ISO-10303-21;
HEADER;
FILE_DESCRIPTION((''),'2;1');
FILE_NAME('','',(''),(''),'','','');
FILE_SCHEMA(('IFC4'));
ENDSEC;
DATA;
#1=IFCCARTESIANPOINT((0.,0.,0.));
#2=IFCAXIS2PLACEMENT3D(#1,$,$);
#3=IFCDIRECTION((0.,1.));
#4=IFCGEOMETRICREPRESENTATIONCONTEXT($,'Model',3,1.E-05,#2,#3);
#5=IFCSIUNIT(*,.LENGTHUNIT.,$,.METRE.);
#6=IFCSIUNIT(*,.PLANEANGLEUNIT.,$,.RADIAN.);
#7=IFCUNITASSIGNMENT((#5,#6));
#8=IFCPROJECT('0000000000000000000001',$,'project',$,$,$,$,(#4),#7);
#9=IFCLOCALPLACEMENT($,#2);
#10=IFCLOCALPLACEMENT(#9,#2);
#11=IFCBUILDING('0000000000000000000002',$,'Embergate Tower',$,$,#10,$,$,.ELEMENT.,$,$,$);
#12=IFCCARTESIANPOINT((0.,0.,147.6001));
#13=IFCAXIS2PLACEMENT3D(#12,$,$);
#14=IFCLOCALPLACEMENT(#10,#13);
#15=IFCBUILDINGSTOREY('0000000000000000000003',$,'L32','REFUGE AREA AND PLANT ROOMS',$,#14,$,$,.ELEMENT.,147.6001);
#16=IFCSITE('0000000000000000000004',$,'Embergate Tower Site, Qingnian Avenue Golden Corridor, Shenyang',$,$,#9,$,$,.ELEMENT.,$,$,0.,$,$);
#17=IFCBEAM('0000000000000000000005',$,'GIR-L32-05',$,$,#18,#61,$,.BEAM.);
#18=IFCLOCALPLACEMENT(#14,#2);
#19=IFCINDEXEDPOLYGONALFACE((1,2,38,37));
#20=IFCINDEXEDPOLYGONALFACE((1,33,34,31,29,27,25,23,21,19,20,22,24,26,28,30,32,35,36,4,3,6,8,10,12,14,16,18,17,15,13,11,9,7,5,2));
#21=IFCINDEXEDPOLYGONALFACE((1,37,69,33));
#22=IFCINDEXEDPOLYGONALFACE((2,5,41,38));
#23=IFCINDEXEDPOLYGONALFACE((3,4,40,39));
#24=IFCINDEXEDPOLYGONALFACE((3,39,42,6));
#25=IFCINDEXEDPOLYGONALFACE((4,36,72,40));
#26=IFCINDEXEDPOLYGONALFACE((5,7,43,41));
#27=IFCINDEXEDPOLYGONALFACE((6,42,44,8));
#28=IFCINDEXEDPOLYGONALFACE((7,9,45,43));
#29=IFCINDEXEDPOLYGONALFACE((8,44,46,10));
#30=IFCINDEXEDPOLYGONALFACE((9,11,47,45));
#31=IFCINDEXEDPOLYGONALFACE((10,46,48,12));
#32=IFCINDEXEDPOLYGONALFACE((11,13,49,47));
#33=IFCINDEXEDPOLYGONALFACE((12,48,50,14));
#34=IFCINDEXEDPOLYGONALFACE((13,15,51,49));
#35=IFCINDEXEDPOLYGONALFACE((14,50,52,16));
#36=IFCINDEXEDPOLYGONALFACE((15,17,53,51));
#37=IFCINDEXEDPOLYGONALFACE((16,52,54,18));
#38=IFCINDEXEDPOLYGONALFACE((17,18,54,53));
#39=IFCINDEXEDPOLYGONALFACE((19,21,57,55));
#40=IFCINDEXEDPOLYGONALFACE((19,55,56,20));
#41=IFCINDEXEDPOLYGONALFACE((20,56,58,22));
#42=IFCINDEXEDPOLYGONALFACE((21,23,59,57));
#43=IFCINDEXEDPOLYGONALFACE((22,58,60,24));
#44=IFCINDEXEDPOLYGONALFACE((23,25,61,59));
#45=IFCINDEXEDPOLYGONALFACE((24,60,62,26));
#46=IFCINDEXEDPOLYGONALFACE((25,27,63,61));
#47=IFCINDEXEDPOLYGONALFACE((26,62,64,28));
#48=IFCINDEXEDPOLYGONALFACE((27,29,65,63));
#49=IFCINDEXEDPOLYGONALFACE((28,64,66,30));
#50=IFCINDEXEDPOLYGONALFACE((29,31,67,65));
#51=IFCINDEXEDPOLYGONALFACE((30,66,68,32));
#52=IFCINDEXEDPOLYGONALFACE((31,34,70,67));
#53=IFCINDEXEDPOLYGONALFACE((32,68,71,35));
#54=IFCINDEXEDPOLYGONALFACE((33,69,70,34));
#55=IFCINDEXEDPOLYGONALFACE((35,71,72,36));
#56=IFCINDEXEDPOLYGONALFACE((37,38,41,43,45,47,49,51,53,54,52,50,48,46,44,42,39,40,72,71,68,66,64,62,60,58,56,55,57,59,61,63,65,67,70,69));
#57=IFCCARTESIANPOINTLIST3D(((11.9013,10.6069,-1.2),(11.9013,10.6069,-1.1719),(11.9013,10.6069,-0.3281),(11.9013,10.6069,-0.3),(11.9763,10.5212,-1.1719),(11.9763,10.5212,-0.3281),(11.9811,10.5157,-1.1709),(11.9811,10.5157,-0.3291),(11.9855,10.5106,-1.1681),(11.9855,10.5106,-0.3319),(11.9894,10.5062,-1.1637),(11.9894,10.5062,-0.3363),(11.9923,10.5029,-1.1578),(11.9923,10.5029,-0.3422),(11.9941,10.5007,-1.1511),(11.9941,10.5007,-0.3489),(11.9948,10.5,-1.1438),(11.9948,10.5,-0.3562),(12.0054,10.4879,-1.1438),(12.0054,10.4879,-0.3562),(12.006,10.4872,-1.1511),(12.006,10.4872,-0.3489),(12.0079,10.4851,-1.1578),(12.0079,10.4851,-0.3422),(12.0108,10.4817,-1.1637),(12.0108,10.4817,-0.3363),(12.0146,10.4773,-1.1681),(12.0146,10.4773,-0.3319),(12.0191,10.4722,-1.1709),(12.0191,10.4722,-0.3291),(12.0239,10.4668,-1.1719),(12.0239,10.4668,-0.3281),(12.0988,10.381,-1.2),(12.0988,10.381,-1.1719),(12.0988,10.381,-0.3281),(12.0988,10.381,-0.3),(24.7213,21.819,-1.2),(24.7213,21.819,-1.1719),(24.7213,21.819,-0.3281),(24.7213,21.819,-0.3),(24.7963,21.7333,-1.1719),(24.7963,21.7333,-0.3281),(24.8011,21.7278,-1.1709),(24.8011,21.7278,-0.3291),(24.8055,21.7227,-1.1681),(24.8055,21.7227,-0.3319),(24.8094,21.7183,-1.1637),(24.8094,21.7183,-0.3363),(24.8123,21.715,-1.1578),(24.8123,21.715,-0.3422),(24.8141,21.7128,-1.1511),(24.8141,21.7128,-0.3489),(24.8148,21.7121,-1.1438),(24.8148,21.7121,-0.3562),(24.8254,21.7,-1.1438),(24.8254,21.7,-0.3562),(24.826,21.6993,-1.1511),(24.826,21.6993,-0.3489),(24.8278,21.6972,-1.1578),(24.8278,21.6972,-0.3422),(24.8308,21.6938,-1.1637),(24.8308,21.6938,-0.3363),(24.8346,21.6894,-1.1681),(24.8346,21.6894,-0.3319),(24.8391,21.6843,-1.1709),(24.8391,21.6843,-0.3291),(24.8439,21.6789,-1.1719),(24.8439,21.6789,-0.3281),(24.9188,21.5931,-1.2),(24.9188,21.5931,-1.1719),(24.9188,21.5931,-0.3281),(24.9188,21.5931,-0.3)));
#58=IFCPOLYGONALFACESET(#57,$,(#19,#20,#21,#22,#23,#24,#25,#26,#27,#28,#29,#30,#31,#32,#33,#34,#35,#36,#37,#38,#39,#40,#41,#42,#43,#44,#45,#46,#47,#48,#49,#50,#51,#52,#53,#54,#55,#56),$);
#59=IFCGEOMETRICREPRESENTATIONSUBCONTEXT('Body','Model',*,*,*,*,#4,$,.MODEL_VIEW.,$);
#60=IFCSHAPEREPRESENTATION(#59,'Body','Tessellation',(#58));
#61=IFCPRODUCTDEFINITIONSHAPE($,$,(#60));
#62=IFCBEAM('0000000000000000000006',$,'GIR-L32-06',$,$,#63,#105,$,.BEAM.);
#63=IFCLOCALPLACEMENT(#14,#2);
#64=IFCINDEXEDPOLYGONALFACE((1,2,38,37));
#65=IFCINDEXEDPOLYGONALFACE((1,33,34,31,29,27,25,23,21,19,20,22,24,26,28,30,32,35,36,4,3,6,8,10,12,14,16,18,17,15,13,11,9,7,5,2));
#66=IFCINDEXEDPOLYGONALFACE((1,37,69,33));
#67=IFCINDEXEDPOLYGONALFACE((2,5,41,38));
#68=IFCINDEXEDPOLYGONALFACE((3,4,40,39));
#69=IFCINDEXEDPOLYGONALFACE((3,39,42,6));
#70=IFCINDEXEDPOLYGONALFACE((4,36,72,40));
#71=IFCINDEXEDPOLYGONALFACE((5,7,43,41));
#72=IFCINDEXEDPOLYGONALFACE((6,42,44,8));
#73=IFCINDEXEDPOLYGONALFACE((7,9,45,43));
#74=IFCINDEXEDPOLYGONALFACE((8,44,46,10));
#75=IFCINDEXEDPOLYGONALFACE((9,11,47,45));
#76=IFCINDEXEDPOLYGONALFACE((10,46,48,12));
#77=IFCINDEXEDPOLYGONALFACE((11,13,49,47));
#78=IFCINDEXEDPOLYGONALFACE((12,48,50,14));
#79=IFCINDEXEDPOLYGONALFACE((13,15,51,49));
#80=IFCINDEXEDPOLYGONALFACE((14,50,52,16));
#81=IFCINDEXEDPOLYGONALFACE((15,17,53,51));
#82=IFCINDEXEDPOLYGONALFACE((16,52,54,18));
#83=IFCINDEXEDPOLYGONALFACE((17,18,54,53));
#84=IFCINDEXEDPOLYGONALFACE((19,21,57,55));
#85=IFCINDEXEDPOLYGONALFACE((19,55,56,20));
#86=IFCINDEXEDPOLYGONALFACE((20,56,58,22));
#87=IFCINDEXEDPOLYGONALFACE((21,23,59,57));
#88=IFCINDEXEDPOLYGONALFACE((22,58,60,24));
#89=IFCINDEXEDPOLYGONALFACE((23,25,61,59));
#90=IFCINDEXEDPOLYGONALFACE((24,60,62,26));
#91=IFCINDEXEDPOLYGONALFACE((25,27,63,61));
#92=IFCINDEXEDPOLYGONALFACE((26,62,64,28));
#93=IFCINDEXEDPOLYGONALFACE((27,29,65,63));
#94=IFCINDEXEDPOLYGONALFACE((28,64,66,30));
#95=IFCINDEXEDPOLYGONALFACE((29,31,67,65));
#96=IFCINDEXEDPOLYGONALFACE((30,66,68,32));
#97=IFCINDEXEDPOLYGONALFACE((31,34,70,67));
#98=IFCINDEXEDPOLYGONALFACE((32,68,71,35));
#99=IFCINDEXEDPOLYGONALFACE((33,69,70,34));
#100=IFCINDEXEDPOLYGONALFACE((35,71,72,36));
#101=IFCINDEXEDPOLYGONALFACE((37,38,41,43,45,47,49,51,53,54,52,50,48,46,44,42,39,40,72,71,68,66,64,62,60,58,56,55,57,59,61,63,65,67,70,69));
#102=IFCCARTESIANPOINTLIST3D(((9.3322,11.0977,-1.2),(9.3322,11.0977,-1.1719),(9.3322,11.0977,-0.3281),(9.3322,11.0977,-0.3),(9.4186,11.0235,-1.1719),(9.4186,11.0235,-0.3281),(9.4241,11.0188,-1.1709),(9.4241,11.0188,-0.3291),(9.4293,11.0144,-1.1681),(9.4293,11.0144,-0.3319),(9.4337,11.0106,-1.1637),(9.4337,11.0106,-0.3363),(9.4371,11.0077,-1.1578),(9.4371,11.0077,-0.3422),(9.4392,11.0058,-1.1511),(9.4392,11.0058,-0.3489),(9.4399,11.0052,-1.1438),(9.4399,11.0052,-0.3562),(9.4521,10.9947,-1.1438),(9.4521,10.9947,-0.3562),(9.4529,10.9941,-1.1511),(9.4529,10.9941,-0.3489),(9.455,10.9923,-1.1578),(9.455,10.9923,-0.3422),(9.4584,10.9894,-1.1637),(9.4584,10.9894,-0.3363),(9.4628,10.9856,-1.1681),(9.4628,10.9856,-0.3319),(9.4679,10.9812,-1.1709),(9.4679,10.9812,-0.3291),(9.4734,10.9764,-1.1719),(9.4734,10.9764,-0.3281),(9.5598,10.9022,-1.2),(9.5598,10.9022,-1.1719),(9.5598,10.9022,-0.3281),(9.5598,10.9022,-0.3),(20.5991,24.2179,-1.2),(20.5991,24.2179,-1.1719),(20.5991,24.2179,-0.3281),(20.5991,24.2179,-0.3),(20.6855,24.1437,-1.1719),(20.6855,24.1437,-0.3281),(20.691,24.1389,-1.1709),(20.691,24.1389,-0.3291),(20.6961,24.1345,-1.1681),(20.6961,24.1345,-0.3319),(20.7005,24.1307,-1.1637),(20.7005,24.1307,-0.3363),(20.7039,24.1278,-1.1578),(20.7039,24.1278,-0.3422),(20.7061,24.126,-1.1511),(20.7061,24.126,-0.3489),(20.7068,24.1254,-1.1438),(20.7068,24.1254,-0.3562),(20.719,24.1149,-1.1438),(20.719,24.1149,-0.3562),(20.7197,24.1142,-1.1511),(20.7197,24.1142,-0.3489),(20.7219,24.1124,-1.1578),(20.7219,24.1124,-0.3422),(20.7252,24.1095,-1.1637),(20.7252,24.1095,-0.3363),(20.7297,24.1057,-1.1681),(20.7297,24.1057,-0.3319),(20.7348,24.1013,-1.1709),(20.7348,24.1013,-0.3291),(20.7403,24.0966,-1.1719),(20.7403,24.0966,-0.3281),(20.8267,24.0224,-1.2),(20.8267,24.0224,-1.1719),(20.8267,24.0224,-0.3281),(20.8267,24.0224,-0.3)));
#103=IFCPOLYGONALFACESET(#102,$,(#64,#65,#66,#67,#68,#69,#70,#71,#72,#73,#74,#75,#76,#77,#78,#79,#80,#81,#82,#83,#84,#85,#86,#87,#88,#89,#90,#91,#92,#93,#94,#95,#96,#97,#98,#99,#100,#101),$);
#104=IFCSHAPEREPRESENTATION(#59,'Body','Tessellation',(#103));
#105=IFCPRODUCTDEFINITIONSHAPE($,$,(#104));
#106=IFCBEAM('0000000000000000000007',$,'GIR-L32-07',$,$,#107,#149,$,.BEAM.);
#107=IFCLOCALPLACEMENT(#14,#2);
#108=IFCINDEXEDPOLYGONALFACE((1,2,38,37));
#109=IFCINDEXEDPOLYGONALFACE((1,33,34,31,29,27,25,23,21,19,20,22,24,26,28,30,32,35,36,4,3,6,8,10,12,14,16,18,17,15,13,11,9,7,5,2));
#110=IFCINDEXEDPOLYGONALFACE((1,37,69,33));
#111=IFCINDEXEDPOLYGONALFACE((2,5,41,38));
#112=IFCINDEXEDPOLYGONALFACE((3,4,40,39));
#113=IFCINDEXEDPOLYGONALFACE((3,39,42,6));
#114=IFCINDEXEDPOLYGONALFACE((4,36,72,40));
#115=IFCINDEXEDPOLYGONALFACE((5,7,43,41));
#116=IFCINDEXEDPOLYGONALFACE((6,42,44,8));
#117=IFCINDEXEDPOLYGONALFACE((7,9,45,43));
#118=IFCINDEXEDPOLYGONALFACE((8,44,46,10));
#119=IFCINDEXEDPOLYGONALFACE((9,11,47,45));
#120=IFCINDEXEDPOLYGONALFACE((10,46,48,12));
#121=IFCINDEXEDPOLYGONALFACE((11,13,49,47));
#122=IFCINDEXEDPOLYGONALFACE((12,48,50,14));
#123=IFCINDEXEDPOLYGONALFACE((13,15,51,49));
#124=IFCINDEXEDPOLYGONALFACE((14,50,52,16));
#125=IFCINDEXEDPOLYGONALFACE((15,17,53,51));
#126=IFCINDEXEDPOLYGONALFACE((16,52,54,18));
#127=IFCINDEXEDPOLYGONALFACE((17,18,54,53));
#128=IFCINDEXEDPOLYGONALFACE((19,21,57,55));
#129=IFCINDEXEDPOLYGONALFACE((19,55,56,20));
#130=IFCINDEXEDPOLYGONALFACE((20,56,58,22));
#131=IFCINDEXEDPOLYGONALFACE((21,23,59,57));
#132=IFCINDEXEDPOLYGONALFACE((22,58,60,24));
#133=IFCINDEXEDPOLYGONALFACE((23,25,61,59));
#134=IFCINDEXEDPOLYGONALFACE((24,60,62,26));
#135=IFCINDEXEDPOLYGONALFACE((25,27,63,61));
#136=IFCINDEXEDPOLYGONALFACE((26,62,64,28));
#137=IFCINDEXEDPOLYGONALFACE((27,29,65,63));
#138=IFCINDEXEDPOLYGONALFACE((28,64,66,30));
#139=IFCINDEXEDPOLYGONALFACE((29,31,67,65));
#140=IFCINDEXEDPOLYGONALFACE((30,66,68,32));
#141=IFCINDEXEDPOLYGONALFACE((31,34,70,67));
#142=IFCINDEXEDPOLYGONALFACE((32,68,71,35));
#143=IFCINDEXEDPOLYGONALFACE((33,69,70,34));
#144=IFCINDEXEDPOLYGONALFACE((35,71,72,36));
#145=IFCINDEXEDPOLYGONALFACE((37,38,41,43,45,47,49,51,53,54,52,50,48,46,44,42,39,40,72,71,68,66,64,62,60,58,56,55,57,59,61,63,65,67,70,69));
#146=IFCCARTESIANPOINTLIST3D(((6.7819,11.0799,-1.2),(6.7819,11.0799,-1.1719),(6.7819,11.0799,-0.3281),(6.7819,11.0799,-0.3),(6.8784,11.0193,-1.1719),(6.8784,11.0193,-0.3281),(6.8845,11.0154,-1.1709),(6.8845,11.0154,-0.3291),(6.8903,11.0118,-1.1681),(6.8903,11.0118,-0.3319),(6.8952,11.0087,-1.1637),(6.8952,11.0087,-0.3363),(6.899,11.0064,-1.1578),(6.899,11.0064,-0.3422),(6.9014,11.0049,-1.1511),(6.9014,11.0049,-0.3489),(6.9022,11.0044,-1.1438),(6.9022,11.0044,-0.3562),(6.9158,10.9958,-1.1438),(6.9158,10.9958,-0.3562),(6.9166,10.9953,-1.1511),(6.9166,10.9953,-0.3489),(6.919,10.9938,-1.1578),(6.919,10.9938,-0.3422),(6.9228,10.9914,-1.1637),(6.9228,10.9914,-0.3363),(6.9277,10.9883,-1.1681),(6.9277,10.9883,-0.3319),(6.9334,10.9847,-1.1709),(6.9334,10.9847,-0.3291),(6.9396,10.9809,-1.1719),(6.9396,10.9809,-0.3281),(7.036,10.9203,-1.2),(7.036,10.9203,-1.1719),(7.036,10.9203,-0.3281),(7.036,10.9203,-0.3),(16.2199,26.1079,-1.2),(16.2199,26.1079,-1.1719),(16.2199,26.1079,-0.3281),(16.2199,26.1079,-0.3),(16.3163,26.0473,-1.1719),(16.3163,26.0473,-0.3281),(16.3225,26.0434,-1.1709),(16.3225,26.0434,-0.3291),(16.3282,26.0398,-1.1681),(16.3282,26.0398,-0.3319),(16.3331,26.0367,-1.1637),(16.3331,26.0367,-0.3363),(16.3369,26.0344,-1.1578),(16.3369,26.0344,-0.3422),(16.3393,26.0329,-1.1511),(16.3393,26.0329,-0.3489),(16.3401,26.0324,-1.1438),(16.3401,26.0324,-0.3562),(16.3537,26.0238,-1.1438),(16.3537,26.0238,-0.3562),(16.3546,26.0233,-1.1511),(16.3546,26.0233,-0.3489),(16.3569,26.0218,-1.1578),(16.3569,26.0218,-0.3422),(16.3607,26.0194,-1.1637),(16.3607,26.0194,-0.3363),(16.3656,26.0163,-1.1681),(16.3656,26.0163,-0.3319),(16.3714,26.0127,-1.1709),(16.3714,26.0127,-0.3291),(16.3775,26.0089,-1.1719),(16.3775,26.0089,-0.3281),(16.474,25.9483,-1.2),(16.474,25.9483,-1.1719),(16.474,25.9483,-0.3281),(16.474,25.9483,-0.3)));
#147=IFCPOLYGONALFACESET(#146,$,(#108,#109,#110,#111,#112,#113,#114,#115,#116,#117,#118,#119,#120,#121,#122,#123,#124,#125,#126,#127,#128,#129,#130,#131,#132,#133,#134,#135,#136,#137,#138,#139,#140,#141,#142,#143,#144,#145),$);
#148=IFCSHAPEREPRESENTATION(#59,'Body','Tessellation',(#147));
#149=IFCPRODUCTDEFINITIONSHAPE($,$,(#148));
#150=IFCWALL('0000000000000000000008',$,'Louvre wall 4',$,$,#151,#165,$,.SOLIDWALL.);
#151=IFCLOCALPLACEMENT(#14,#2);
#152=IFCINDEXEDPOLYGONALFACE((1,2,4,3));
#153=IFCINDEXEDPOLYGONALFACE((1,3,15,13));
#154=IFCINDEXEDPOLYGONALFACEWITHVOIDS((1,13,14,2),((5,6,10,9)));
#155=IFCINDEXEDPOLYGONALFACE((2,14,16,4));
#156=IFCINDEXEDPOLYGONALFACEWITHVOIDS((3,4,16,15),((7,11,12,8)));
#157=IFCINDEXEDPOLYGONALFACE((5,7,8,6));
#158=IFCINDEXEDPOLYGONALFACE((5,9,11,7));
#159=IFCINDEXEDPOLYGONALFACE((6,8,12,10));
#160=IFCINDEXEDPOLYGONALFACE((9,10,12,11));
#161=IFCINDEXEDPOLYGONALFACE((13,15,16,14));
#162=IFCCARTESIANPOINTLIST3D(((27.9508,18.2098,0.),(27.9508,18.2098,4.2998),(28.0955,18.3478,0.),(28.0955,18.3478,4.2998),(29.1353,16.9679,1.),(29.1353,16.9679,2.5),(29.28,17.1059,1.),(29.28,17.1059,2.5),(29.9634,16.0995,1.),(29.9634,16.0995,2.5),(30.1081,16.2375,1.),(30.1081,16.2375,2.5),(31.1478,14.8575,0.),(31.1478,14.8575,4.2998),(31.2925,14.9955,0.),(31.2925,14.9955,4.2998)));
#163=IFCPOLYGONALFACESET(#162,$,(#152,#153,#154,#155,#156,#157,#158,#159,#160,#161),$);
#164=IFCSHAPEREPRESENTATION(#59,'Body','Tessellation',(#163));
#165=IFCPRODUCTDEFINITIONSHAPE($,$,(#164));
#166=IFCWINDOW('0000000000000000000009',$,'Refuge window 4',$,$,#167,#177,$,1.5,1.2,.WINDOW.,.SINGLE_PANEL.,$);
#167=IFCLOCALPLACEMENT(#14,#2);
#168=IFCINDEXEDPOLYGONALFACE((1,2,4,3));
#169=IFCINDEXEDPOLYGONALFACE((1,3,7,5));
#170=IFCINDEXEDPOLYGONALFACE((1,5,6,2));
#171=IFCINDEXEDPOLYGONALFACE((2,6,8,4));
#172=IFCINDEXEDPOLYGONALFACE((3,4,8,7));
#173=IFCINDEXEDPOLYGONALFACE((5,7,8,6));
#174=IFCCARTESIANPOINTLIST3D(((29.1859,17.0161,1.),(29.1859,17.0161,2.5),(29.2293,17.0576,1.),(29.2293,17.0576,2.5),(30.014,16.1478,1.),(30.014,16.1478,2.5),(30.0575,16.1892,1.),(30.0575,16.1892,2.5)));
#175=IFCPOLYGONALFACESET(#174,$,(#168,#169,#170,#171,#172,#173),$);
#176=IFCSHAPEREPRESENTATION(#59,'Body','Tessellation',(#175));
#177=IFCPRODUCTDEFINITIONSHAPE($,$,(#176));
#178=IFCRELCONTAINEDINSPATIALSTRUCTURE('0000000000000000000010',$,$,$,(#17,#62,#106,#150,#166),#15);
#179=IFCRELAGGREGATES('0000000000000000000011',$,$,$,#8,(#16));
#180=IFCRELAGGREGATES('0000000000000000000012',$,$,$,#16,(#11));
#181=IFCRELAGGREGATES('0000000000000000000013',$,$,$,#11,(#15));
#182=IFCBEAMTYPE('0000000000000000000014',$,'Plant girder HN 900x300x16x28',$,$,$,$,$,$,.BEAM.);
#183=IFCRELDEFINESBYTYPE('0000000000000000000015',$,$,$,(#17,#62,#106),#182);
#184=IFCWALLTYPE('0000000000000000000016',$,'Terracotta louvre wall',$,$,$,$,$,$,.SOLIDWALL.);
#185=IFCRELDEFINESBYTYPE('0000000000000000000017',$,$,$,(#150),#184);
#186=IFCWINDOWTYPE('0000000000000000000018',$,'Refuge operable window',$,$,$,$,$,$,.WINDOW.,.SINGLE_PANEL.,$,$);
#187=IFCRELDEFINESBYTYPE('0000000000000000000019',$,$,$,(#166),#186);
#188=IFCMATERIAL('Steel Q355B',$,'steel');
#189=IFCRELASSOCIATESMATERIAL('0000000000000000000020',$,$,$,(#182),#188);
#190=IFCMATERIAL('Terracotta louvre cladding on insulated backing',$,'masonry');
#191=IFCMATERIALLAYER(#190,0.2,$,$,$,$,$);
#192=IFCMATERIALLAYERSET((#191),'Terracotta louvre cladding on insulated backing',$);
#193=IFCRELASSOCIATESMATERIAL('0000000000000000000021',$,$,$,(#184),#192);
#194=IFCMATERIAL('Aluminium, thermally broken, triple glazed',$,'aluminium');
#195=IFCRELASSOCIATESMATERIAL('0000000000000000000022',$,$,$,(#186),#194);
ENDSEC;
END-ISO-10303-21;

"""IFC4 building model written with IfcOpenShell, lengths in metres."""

from ifc_helpers import new_model, si_unit, direction, frame, frame_2d, origin, origin_2d, place, context, subcontext, project, spatial, rectangle, i_section, extrude, source, transform, mapped, material, layer, layer_set, material_profile, profile_set, type_object, element, fill, save


model = new_model("IFC4")

# Units and contexts
model_context = context("Model", 3, precision=1e-05, world=origin(), true_north=direction((0.0, 1.0)))
body_context = subcontext(model_context, "Body", "Model", "MODEL_VIEW")
ifc_project = project(units=[si_unit("LENGTHUNIT", "METRE"), si_unit("PLANEANGLEUNIT", "RADIAN")], contexts=[model_context])

# Site, building, storey
site_placement = place(None, origin())
site = spatial("IfcSite", under=ifc_project, at=site_placement, Name="Embergate Tower Site, Qingnian Avenue Golden Corridor, Shenyang", CompositionType="ELEMENT", RefElevation=0.0)
building_placement = place(site_placement, origin())
building = spatial("IfcBuilding", under=site, at=building_placement, Name="Embergate Tower", CompositionType="ELEMENT")
storey_placement = place(building_placement, frame((0.0, 0.0, 147.6001)))
storey = spatial("IfcBuildingStorey", under=building, at=storey_placement, Name="L32", Description="REFUGE AREA AND PLANT ROOMS", CompositionType="ELEMENT", Elevation=147.6001)

# Beams
ifc_material_1 = material(Name="Steel Q355B", Category="steel")
ifc_material_profile_1 = material_profile(ifc_material_1, i_section(OverallWidth=0.3, OverallDepth=0.8999, WebThickness=0.0161, FlangeThickness=0.0281, FilletRadius=0.0281, at=origin_2d()), Name="HN 900x300x16x28")
ifc_profile_set_1 = profile_set([ifc_material_profile_1], Name="Steel Q355 grade B")
beam_type_1 = type_object("IfcBeamType", Name="Plant girder HN 900x300x16x28", PredefinedType="BEAM", material=ifc_profile_set_1)
shared_shape_1 = source(origin(), body_context, "Body", "SweptSolid", [
    extrude(i_section(OverallWidth=0.3, OverallDepth=0.8999, WebThickness=0.0161, FlangeThickness=0.0281, FilletRadius=0.0281, at=origin_2d()), origin(), (0.0, 0.0, 1.0), 17.0312),
])
beam_1_placement = place(storey_placement, frame((24.8201, 21.7061, -0.75), z_axis=(-0.752734, -0.658325, 0.0), x_axis=(0.658325, -0.752734, 0.0)))
element("IfcBeam", 1, at=beam_1_placement, inside=storey, type_object=beam_type_1, Name="GIR-L32-05", PredefinedType="BEAM", context=body_context, shape_type="MappedRepresentation", body=[
    mapped(shared_shape_1, transform((0.0, 0.0, 0.0))),
])
shared_shape_2 = source(origin(), body_context, "Body", "SweptSolid", [
    extrude(i_section(OverallWidth=0.3, OverallDepth=0.8999, WebThickness=0.0161, FlangeThickness=0.0281, FilletRadius=0.0281, at=origin_2d()), origin(), (0.0, 0.0, 1.0), 17.2939),
])
beam_2_placement = place(storey_placement, frame((20.7129, 24.1201, -0.75), z_axis=(-0.651492, -0.758655, 0.0), x_axis=(0.758655, -0.651492, 0.0)))
element("IfcBeam", 2, at=beam_2_placement, inside=storey, type_object=beam_type_1, Name="GIR-L32-06", PredefinedType="BEAM", context=body_context, shape_type="MappedRepresentation", body=[
    mapped(shared_shape_2, transform((0.0, 0.0, 0.0))),
])
shared_shape_3 = source(origin(), body_context, "Body", "SweptSolid", [
    extrude(i_section(OverallWidth=0.3, OverallDepth=0.8999, WebThickness=0.0161, FlangeThickness=0.0281, FilletRadius=0.0281, at=origin_2d()), origin(), (0.0, 0.0, 1.0), 17.7458),
])
beam_3_placement = place(storey_placement, frame((16.3469, 26.0281, -0.75), z_axis=(-0.531839, -0.846845, 0.0), x_axis=(0.846845, -0.531839, 0.0)))
element("IfcBeam", 3, at=beam_3_placement, inside=storey, type_object=beam_type_1, Name="GIR-L32-07", PredefinedType="BEAM", context=body_context, shape_type="MappedRepresentation", body=[
    mapped(shared_shape_3, transform((0.0, 0.0, 0.0))),
])

# Wall, opening, window
ifc_material_2 = material(Name="Terracotta louvre cladding on insulated backing", Category="masonry")
ifc_layer_1 = layer(ifc_material_2, 0.2)
ifc_layer_set_1 = layer_set([ifc_layer_1], Name="Terracotta louvre cladding on insulated backing")
wall_type = type_object("IfcWallType", Name="Terracotta louvre wall", PredefinedType="SOLIDWALL", material=ifc_layer_set_1)
shared_shape_4 = source(origin(), body_context, "Body", "SweptSolid", [
    extrude(rectangle(XDim=4.6323, YDim=0.2, at=frame_2d((2.3162, 0.0))), origin(), (0.0, 0.0, 1.0), 4.2998),
])
wall_1_placement = place(storey_placement, frame((28.0232, 18.2788, 0.0), z_axis=(0.0, 0.0, 1.0), x_axis=(0.690149, -0.723668, 0.0)))
wall_1 = element("IfcWall", 4, at=wall_1_placement, inside=storey, type_object=wall_type, Name="Louvre wall 4", PredefinedType="SOLIDWALL", context=body_context, shape_type="MappedRepresentation", body=[
    mapped(shared_shape_4, transform((0.0, 0.0, 0.0))),
])
shared_shape_5 = source(origin(), body_context, "Body", "SweptSolid", [
    extrude(rectangle(XDim=1.2, YDim=1.5, at=frame_2d((0.6001, 0.75))), frame((0.0, 0.1099, 0.0), z_axis=(0.0, -1.0, 0.0), x_axis=(1.0, 0.0, 0.0)), (0.0, 0.0, 1.0), 0.22),
])
opening_1_placement = place(wall_1_placement, frame((1.7161, 0.0, 1.0)))
opening_1 = element("IfcOpeningElement", 5, at=opening_1_placement, cuts=wall_1, PredefinedType="OPENING", context=body_context, shape_type="MappedRepresentation", body=[
    mapped(shared_shape_5, transform((0.0, 0.0, 0.0))),
])
ifc_material_3 = material(Name="Aluminium, thermally broken, triple glazed", Category="aluminium")
window_type = type_object("IfcWindowType", Name="Refuge operable window", PartitioningType="SINGLE_PANEL", PredefinedType="WINDOW", material=ifc_material_3)
shared_shape_6 = source(origin(), body_context, "Body", "SweptSolid", [
    extrude(rectangle(XDim=1.2, YDim=1.5, at=frame_2d((0.6001, 0.75))), frame((0.0, 0.03, 0.0), z_axis=(0.0, -1.0, 0.0), x_axis=(1.0, 0.0, 0.0)), (0.0, 0.0, 1.0), 0.0601),
])
window_1_placement = place(opening_1_placement, origin())
window_1 = element("IfcWindow", 6, at=window_1_placement, inside=storey, type_object=window_type, Name="Refuge window 4", OverallHeight=1.5, OverallWidth=1.2, PartitioningType="SINGLE_PANEL", PredefinedType="WINDOW", context=body_context, shape_type="MappedRepresentation", body=[
    mapped(shared_shape_6, transform((0.0, 0.0, 0.0))),
])
fill(opening_1, window_1)

save(model, "model.ifc")
